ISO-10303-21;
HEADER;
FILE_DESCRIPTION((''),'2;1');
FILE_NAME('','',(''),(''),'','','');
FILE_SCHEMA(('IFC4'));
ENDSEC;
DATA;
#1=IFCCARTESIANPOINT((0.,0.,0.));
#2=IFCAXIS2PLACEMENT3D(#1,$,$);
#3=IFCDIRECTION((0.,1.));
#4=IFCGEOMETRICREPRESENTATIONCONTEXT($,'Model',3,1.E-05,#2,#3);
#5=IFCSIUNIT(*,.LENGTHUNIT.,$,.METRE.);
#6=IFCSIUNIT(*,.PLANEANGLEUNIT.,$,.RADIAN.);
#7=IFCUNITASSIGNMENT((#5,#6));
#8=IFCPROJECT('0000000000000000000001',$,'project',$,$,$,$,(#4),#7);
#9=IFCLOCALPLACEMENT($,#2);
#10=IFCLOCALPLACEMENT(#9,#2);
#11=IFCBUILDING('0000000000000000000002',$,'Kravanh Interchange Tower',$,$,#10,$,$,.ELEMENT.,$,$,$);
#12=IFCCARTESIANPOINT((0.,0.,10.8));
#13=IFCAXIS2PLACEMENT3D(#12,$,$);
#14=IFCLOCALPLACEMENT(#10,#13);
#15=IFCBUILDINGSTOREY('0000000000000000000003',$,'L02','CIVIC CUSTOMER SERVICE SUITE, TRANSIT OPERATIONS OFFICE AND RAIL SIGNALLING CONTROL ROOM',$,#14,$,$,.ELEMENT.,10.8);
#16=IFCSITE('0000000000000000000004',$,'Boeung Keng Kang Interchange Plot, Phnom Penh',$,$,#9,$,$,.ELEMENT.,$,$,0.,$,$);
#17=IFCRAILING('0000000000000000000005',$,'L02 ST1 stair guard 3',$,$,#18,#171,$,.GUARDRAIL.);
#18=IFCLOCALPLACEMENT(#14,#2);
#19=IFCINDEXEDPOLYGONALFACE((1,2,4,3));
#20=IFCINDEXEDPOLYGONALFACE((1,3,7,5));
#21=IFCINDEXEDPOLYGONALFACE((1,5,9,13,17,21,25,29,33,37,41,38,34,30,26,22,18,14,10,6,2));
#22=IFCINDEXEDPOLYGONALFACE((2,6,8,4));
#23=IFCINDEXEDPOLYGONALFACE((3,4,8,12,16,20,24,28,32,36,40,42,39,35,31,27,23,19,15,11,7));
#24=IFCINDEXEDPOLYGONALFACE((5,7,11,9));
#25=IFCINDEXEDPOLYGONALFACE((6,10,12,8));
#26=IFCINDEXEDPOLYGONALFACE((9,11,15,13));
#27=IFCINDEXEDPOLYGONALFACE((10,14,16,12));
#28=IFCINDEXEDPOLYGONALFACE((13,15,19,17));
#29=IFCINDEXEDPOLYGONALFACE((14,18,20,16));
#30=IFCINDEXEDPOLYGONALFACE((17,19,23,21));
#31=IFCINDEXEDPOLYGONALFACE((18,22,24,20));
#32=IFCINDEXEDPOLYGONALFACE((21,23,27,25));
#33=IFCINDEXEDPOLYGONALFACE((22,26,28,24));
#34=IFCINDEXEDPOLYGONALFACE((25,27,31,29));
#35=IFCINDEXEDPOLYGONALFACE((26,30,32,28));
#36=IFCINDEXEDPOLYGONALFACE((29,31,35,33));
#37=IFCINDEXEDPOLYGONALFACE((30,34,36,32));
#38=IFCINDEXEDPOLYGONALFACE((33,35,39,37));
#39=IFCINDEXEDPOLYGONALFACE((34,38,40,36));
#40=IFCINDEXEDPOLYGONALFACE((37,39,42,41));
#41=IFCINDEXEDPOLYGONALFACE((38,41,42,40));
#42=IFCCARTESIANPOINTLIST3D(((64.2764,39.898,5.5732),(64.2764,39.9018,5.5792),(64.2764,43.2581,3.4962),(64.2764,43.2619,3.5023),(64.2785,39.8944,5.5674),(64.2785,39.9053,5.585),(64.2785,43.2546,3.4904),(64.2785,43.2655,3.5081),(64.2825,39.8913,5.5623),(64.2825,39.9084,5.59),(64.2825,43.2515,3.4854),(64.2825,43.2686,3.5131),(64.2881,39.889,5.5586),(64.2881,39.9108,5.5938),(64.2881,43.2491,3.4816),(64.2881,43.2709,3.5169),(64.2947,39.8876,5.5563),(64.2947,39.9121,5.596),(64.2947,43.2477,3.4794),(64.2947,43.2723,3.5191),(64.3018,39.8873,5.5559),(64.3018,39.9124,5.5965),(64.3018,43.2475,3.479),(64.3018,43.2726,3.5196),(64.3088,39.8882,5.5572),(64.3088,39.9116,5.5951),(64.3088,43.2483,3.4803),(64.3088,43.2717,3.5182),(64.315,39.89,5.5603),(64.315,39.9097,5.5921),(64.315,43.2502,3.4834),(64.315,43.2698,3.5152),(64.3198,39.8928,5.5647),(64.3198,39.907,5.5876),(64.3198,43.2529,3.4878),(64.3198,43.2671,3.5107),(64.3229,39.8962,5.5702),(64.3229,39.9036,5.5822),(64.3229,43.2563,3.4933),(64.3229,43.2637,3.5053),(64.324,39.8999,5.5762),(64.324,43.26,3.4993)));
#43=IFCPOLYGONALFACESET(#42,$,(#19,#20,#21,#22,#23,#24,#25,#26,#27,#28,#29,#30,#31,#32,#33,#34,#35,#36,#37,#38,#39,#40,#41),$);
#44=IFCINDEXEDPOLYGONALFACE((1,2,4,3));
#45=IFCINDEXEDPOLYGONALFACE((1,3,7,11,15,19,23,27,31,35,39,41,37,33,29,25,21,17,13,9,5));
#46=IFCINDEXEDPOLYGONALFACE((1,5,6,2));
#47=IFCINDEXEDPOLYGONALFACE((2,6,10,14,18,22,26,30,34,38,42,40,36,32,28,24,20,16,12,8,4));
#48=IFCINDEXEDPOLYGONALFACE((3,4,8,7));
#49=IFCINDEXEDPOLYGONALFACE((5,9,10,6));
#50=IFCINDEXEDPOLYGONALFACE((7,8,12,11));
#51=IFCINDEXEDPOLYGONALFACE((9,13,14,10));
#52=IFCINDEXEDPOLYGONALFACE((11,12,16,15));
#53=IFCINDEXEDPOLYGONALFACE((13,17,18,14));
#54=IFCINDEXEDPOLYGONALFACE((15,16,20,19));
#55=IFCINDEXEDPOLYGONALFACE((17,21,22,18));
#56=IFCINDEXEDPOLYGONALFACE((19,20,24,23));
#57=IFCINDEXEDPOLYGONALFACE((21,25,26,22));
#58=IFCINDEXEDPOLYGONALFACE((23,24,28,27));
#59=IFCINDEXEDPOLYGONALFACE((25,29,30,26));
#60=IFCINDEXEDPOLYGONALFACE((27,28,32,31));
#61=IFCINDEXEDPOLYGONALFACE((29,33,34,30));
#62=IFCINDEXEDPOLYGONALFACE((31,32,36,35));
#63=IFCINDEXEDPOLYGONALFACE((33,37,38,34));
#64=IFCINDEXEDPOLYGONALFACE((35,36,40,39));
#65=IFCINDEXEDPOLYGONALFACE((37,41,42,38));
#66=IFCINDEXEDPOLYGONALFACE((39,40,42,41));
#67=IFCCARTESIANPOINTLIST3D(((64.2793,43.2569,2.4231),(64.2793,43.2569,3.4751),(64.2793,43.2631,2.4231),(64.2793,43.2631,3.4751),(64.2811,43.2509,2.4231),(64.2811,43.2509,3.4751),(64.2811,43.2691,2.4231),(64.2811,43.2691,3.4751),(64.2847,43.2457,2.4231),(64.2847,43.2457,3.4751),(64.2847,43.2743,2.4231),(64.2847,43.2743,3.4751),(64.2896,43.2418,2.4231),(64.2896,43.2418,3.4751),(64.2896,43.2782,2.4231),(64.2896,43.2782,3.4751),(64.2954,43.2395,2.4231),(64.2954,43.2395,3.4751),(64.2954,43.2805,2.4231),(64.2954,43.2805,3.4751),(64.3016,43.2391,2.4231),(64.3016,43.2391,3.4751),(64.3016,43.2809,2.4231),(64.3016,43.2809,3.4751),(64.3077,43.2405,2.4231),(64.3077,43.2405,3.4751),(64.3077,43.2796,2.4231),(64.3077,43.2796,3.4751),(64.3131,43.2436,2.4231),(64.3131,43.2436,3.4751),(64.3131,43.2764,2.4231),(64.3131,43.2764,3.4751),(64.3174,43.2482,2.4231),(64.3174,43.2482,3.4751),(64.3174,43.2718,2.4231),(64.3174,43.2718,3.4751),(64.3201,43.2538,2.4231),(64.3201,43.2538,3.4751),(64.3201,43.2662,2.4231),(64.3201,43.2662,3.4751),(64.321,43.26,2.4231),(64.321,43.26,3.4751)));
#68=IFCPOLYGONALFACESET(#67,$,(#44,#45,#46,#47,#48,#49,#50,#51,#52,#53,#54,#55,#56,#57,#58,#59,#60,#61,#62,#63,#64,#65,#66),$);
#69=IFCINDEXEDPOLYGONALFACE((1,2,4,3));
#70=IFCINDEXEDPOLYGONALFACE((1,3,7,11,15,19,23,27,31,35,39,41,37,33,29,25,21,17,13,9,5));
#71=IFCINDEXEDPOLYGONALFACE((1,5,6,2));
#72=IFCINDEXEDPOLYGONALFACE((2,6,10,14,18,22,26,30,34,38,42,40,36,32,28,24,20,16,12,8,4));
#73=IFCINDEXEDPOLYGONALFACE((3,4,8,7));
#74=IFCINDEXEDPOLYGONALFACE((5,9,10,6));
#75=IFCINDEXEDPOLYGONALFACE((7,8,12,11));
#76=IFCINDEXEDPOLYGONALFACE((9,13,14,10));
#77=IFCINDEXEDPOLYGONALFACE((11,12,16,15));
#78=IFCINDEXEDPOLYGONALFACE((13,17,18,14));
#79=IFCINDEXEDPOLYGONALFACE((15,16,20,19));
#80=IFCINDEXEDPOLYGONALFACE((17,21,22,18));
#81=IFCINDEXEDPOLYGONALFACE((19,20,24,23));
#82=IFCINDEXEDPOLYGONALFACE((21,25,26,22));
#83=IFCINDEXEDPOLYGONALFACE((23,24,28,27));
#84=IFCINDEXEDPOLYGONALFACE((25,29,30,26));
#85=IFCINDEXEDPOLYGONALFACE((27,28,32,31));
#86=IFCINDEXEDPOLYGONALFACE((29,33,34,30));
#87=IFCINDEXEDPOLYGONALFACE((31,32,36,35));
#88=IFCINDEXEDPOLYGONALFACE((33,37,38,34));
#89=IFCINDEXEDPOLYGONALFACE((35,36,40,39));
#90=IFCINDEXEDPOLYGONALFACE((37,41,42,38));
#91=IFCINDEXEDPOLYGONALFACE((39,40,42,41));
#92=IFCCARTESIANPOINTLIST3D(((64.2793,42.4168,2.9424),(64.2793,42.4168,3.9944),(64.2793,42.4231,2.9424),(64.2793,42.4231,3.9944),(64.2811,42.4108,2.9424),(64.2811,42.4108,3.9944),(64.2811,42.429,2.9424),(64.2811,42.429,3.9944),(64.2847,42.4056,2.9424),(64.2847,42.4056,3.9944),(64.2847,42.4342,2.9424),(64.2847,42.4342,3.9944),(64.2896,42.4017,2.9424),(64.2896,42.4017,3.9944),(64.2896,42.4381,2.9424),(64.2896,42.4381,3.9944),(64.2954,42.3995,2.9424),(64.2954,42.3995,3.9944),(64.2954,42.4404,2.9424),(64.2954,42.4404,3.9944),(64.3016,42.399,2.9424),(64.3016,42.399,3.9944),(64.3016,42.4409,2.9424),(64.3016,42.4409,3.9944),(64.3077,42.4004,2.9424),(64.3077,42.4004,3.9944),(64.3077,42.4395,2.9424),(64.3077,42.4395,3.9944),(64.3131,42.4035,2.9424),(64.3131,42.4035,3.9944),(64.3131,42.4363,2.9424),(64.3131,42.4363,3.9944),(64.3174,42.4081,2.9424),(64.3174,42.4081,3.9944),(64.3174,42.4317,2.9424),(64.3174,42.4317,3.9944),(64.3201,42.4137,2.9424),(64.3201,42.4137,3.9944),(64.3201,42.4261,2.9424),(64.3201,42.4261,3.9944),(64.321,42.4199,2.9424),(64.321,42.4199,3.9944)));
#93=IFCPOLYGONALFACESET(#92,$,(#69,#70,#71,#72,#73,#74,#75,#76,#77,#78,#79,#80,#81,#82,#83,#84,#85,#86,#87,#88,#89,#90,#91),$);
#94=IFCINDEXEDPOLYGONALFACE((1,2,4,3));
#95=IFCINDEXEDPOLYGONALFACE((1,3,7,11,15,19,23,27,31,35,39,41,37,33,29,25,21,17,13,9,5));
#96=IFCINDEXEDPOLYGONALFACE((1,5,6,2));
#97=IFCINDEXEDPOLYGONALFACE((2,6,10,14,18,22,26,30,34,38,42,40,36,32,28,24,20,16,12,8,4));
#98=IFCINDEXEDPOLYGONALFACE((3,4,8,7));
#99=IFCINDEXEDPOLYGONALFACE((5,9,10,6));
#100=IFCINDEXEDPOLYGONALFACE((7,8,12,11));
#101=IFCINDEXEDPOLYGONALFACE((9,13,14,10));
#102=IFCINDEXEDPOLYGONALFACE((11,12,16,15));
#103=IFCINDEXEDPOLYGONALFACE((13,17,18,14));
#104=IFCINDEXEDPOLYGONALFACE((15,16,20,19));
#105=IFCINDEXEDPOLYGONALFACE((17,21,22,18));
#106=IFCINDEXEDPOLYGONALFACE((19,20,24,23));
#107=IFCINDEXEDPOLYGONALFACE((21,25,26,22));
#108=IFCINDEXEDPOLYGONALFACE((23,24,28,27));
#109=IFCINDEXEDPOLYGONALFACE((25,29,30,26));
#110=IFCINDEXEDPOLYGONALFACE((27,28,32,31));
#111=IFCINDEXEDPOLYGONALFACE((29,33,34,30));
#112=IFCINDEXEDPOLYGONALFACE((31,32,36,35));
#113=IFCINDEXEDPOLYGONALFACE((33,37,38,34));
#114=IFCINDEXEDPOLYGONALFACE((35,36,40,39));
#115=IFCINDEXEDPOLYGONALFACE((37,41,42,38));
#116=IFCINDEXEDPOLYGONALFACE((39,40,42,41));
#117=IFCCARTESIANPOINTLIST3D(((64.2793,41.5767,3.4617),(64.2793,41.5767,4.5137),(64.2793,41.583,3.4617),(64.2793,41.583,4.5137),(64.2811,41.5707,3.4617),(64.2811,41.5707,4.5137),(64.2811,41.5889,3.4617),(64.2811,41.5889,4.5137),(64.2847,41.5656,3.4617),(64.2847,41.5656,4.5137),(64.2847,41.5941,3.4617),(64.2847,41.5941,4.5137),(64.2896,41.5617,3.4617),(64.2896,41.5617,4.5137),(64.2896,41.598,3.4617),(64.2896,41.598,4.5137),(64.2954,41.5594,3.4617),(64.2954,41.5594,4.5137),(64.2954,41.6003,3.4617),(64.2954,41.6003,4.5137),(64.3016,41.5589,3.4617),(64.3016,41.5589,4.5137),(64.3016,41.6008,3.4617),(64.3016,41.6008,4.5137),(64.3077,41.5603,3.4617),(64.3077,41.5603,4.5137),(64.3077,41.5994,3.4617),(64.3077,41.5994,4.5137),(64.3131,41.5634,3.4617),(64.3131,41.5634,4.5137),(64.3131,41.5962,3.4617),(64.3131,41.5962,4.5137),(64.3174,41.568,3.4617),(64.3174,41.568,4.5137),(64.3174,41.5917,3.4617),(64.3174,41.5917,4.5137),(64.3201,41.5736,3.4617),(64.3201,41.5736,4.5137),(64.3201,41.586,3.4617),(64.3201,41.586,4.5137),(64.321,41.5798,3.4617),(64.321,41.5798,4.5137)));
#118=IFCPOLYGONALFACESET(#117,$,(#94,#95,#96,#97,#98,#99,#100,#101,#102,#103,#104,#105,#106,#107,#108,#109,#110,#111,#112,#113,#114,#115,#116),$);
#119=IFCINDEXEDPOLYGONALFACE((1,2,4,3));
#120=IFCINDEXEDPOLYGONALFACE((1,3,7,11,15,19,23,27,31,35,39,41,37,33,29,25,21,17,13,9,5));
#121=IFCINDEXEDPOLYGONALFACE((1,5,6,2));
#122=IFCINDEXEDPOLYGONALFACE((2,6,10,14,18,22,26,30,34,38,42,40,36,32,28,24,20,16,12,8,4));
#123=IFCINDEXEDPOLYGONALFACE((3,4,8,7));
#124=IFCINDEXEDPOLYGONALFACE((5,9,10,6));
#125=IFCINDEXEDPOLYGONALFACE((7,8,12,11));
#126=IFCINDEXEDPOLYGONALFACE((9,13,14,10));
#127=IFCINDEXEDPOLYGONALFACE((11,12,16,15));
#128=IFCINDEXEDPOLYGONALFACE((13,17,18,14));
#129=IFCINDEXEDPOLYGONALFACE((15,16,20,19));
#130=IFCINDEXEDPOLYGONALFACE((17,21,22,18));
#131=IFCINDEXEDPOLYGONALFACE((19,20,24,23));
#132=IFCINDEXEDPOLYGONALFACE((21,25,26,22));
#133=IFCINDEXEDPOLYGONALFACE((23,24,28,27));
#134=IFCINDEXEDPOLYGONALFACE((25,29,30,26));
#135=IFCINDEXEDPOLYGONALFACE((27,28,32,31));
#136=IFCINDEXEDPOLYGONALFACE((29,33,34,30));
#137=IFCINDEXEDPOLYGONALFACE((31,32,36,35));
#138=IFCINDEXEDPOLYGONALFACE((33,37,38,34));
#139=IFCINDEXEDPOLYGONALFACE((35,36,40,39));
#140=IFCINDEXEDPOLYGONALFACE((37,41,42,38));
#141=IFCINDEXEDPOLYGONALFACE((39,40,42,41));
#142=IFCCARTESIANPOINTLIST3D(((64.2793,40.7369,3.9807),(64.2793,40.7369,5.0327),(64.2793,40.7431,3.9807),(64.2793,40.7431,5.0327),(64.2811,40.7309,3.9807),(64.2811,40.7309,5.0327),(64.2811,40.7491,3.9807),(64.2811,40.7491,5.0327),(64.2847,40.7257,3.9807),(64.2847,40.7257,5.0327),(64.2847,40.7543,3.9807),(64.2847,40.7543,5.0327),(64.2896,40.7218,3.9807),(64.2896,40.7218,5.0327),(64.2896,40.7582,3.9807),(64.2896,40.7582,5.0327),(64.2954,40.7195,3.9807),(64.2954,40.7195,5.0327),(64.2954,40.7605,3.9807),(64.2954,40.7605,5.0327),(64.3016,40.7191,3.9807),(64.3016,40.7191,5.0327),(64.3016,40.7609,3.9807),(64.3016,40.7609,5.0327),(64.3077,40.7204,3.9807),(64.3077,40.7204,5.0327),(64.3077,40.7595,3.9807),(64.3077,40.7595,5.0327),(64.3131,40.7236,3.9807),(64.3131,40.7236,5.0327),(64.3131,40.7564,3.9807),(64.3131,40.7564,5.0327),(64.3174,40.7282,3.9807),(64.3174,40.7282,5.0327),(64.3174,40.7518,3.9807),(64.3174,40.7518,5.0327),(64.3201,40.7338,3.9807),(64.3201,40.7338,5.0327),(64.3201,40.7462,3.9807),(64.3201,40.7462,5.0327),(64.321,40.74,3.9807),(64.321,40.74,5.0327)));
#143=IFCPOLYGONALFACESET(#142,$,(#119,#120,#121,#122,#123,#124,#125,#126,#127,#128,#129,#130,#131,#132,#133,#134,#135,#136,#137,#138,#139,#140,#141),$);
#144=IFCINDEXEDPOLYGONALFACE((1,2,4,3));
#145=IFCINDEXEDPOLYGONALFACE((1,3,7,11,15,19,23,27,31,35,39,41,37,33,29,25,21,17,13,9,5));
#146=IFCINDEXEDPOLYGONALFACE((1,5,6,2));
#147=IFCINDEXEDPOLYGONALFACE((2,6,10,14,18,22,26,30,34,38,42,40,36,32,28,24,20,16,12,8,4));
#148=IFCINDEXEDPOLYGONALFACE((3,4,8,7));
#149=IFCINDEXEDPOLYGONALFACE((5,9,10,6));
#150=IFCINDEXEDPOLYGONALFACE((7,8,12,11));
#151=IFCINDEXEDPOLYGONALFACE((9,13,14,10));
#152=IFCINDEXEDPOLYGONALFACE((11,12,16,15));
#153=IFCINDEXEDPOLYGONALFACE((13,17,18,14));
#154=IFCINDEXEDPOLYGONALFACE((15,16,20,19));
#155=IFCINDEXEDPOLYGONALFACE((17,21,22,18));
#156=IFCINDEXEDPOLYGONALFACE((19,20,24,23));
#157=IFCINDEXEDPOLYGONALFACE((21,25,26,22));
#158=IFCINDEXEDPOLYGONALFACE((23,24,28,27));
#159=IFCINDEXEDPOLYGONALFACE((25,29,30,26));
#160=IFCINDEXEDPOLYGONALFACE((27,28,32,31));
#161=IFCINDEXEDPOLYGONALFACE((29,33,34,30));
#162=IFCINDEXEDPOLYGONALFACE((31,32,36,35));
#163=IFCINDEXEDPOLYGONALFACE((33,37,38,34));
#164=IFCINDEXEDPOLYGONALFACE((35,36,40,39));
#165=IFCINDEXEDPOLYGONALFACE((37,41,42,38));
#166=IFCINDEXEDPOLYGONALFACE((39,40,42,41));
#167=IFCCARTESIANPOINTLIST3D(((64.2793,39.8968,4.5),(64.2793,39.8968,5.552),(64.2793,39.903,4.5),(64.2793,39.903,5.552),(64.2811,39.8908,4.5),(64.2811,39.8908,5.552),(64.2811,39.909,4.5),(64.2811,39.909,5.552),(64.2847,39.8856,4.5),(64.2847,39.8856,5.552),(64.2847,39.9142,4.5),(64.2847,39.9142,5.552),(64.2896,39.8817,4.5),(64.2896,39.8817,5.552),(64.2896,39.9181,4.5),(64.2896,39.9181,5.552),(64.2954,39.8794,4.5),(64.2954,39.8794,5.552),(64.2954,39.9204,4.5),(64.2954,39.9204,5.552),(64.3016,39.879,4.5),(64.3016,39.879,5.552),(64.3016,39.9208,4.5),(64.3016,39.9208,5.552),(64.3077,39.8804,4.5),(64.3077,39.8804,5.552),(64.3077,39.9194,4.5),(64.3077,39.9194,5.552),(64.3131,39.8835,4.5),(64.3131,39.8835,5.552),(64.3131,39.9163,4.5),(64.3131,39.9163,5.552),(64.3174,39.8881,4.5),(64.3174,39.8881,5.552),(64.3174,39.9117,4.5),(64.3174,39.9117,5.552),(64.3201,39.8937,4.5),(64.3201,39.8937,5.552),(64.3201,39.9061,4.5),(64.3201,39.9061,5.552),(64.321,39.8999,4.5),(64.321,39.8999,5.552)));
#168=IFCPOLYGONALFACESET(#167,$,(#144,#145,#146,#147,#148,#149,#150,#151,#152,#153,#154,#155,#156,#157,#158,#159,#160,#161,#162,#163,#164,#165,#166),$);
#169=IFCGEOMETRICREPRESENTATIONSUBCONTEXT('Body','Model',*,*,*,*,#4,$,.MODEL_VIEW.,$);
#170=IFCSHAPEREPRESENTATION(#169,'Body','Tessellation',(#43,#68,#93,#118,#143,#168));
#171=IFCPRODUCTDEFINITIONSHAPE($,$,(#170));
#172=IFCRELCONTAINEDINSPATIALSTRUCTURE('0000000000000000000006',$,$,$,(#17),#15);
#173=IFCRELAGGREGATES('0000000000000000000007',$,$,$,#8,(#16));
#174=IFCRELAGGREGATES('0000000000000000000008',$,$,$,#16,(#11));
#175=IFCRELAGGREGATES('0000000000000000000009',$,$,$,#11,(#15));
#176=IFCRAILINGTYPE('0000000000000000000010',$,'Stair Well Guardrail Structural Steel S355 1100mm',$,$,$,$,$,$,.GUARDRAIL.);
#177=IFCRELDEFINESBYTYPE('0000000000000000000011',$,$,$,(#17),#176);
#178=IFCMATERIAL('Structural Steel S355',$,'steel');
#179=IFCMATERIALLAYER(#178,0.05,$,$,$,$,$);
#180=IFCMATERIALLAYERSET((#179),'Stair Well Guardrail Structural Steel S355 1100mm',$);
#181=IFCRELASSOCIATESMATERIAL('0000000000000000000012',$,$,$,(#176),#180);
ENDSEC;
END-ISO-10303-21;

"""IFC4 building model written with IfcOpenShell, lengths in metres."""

from ifc_helpers import new_model, si_unit, direction, frame, origin, origin_2d, place, context, subcontext, project, spatial, circle, extrude, material, layer, layer_set, type_object, element, save


model = new_model("IFC4")

# Units and contexts
model_context = context("Model", 3, precision=1e-05, world=origin(), true_north=direction((0.0, 1.0)))
body_context = subcontext(model_context, "Body", "Model", "MODEL_VIEW")
ifc_project = project(units=[si_unit("LENGTHUNIT", "METRE"), si_unit("PLANEANGLEUNIT", "RADIAN")], contexts=[model_context])

# Site, building, storey
site_placement = place(None, origin())
site = spatial("IfcSite", under=ifc_project, at=site_placement, Name="Boeung Keng Kang Interchange Plot, Phnom Penh", CompositionType="ELEMENT", RefElevation=0.0)
building_placement = place(site_placement, origin())
building = spatial("IfcBuilding", under=site, at=building_placement, Name="Kravanh Interchange Tower", CompositionType="ELEMENT")
storey_placement = place(building_placement, frame((0.0, 0.0, 10.8)))
storey = spatial("IfcBuildingStorey", under=building, at=storey_placement, Name="L02", Description="CIVIC CUSTOMER SERVICE SUITE, TRANSIT OPERATIONS OFFICE AND RAIL SIGNALLING CONTROL ROOM", CompositionType="ELEMENT", Elevation=10.8)

# Railing
ifc_material_1 = material(Name="Structural Steel S355", Category="steel")
ifc_layer_1 = layer(ifc_material_1, 0.05)
ifc_layer_set_1 = layer_set([ifc_layer_1], Name="Stair Well Guardrail Structural Steel S355 1100mm")
railing_type_1 = type_object("IfcRailingType", Name="Stair Well Guardrail Structural Steel S355 1100mm", PredefinedType="GUARDRAIL", material=ifc_layer_set_1)
railing_1_placement = place(storey_placement, frame((64.3, 43.26, 2.4231)))
element("IfcRailing", 1, at=railing_1_placement, inside=storey, type_object=railing_type_1, Name="L02 ST1 stair guard 3", PredefinedType="GUARDRAIL", context=body_context, shape_type="SweptSolid", body=[
    extrude(circle(Radius=0.0239, at=origin_2d()), frame((0.0, 0.0, 1.0762), z_axis=(0.0, -0.850623, 0.525776), x_axis=(1.0, 0.0, 0.0)), (0.0, 0.0, 1.0), 3.9502),
    extrude(circle(Radius=0.021, at=origin_2d()), origin(), (0.0, 0.0, 1.0), 1.052),
    extrude(circle(Radius=0.021, at=origin_2d()), frame((0.0, -0.8401, 0.5193)), (0.0, 0.0, 1.0), 1.052),
    extrude(circle(Radius=0.021, at=origin_2d()), frame((0.0, -1.6802, 1.0386)), (0.0, 0.0, 1.0), 1.052),
    extrude(circle(Radius=0.021, at=origin_2d()), frame((0.0, -2.52, 1.5576)), (0.0, 0.0, 1.0), 1.052),
    extrude(circle(Radius=0.021, at=origin_2d()), frame((0.0, -3.3601, 2.0769)), (0.0, 0.0, 1.0), 1.052),
])

save(model, "model.ifc")
